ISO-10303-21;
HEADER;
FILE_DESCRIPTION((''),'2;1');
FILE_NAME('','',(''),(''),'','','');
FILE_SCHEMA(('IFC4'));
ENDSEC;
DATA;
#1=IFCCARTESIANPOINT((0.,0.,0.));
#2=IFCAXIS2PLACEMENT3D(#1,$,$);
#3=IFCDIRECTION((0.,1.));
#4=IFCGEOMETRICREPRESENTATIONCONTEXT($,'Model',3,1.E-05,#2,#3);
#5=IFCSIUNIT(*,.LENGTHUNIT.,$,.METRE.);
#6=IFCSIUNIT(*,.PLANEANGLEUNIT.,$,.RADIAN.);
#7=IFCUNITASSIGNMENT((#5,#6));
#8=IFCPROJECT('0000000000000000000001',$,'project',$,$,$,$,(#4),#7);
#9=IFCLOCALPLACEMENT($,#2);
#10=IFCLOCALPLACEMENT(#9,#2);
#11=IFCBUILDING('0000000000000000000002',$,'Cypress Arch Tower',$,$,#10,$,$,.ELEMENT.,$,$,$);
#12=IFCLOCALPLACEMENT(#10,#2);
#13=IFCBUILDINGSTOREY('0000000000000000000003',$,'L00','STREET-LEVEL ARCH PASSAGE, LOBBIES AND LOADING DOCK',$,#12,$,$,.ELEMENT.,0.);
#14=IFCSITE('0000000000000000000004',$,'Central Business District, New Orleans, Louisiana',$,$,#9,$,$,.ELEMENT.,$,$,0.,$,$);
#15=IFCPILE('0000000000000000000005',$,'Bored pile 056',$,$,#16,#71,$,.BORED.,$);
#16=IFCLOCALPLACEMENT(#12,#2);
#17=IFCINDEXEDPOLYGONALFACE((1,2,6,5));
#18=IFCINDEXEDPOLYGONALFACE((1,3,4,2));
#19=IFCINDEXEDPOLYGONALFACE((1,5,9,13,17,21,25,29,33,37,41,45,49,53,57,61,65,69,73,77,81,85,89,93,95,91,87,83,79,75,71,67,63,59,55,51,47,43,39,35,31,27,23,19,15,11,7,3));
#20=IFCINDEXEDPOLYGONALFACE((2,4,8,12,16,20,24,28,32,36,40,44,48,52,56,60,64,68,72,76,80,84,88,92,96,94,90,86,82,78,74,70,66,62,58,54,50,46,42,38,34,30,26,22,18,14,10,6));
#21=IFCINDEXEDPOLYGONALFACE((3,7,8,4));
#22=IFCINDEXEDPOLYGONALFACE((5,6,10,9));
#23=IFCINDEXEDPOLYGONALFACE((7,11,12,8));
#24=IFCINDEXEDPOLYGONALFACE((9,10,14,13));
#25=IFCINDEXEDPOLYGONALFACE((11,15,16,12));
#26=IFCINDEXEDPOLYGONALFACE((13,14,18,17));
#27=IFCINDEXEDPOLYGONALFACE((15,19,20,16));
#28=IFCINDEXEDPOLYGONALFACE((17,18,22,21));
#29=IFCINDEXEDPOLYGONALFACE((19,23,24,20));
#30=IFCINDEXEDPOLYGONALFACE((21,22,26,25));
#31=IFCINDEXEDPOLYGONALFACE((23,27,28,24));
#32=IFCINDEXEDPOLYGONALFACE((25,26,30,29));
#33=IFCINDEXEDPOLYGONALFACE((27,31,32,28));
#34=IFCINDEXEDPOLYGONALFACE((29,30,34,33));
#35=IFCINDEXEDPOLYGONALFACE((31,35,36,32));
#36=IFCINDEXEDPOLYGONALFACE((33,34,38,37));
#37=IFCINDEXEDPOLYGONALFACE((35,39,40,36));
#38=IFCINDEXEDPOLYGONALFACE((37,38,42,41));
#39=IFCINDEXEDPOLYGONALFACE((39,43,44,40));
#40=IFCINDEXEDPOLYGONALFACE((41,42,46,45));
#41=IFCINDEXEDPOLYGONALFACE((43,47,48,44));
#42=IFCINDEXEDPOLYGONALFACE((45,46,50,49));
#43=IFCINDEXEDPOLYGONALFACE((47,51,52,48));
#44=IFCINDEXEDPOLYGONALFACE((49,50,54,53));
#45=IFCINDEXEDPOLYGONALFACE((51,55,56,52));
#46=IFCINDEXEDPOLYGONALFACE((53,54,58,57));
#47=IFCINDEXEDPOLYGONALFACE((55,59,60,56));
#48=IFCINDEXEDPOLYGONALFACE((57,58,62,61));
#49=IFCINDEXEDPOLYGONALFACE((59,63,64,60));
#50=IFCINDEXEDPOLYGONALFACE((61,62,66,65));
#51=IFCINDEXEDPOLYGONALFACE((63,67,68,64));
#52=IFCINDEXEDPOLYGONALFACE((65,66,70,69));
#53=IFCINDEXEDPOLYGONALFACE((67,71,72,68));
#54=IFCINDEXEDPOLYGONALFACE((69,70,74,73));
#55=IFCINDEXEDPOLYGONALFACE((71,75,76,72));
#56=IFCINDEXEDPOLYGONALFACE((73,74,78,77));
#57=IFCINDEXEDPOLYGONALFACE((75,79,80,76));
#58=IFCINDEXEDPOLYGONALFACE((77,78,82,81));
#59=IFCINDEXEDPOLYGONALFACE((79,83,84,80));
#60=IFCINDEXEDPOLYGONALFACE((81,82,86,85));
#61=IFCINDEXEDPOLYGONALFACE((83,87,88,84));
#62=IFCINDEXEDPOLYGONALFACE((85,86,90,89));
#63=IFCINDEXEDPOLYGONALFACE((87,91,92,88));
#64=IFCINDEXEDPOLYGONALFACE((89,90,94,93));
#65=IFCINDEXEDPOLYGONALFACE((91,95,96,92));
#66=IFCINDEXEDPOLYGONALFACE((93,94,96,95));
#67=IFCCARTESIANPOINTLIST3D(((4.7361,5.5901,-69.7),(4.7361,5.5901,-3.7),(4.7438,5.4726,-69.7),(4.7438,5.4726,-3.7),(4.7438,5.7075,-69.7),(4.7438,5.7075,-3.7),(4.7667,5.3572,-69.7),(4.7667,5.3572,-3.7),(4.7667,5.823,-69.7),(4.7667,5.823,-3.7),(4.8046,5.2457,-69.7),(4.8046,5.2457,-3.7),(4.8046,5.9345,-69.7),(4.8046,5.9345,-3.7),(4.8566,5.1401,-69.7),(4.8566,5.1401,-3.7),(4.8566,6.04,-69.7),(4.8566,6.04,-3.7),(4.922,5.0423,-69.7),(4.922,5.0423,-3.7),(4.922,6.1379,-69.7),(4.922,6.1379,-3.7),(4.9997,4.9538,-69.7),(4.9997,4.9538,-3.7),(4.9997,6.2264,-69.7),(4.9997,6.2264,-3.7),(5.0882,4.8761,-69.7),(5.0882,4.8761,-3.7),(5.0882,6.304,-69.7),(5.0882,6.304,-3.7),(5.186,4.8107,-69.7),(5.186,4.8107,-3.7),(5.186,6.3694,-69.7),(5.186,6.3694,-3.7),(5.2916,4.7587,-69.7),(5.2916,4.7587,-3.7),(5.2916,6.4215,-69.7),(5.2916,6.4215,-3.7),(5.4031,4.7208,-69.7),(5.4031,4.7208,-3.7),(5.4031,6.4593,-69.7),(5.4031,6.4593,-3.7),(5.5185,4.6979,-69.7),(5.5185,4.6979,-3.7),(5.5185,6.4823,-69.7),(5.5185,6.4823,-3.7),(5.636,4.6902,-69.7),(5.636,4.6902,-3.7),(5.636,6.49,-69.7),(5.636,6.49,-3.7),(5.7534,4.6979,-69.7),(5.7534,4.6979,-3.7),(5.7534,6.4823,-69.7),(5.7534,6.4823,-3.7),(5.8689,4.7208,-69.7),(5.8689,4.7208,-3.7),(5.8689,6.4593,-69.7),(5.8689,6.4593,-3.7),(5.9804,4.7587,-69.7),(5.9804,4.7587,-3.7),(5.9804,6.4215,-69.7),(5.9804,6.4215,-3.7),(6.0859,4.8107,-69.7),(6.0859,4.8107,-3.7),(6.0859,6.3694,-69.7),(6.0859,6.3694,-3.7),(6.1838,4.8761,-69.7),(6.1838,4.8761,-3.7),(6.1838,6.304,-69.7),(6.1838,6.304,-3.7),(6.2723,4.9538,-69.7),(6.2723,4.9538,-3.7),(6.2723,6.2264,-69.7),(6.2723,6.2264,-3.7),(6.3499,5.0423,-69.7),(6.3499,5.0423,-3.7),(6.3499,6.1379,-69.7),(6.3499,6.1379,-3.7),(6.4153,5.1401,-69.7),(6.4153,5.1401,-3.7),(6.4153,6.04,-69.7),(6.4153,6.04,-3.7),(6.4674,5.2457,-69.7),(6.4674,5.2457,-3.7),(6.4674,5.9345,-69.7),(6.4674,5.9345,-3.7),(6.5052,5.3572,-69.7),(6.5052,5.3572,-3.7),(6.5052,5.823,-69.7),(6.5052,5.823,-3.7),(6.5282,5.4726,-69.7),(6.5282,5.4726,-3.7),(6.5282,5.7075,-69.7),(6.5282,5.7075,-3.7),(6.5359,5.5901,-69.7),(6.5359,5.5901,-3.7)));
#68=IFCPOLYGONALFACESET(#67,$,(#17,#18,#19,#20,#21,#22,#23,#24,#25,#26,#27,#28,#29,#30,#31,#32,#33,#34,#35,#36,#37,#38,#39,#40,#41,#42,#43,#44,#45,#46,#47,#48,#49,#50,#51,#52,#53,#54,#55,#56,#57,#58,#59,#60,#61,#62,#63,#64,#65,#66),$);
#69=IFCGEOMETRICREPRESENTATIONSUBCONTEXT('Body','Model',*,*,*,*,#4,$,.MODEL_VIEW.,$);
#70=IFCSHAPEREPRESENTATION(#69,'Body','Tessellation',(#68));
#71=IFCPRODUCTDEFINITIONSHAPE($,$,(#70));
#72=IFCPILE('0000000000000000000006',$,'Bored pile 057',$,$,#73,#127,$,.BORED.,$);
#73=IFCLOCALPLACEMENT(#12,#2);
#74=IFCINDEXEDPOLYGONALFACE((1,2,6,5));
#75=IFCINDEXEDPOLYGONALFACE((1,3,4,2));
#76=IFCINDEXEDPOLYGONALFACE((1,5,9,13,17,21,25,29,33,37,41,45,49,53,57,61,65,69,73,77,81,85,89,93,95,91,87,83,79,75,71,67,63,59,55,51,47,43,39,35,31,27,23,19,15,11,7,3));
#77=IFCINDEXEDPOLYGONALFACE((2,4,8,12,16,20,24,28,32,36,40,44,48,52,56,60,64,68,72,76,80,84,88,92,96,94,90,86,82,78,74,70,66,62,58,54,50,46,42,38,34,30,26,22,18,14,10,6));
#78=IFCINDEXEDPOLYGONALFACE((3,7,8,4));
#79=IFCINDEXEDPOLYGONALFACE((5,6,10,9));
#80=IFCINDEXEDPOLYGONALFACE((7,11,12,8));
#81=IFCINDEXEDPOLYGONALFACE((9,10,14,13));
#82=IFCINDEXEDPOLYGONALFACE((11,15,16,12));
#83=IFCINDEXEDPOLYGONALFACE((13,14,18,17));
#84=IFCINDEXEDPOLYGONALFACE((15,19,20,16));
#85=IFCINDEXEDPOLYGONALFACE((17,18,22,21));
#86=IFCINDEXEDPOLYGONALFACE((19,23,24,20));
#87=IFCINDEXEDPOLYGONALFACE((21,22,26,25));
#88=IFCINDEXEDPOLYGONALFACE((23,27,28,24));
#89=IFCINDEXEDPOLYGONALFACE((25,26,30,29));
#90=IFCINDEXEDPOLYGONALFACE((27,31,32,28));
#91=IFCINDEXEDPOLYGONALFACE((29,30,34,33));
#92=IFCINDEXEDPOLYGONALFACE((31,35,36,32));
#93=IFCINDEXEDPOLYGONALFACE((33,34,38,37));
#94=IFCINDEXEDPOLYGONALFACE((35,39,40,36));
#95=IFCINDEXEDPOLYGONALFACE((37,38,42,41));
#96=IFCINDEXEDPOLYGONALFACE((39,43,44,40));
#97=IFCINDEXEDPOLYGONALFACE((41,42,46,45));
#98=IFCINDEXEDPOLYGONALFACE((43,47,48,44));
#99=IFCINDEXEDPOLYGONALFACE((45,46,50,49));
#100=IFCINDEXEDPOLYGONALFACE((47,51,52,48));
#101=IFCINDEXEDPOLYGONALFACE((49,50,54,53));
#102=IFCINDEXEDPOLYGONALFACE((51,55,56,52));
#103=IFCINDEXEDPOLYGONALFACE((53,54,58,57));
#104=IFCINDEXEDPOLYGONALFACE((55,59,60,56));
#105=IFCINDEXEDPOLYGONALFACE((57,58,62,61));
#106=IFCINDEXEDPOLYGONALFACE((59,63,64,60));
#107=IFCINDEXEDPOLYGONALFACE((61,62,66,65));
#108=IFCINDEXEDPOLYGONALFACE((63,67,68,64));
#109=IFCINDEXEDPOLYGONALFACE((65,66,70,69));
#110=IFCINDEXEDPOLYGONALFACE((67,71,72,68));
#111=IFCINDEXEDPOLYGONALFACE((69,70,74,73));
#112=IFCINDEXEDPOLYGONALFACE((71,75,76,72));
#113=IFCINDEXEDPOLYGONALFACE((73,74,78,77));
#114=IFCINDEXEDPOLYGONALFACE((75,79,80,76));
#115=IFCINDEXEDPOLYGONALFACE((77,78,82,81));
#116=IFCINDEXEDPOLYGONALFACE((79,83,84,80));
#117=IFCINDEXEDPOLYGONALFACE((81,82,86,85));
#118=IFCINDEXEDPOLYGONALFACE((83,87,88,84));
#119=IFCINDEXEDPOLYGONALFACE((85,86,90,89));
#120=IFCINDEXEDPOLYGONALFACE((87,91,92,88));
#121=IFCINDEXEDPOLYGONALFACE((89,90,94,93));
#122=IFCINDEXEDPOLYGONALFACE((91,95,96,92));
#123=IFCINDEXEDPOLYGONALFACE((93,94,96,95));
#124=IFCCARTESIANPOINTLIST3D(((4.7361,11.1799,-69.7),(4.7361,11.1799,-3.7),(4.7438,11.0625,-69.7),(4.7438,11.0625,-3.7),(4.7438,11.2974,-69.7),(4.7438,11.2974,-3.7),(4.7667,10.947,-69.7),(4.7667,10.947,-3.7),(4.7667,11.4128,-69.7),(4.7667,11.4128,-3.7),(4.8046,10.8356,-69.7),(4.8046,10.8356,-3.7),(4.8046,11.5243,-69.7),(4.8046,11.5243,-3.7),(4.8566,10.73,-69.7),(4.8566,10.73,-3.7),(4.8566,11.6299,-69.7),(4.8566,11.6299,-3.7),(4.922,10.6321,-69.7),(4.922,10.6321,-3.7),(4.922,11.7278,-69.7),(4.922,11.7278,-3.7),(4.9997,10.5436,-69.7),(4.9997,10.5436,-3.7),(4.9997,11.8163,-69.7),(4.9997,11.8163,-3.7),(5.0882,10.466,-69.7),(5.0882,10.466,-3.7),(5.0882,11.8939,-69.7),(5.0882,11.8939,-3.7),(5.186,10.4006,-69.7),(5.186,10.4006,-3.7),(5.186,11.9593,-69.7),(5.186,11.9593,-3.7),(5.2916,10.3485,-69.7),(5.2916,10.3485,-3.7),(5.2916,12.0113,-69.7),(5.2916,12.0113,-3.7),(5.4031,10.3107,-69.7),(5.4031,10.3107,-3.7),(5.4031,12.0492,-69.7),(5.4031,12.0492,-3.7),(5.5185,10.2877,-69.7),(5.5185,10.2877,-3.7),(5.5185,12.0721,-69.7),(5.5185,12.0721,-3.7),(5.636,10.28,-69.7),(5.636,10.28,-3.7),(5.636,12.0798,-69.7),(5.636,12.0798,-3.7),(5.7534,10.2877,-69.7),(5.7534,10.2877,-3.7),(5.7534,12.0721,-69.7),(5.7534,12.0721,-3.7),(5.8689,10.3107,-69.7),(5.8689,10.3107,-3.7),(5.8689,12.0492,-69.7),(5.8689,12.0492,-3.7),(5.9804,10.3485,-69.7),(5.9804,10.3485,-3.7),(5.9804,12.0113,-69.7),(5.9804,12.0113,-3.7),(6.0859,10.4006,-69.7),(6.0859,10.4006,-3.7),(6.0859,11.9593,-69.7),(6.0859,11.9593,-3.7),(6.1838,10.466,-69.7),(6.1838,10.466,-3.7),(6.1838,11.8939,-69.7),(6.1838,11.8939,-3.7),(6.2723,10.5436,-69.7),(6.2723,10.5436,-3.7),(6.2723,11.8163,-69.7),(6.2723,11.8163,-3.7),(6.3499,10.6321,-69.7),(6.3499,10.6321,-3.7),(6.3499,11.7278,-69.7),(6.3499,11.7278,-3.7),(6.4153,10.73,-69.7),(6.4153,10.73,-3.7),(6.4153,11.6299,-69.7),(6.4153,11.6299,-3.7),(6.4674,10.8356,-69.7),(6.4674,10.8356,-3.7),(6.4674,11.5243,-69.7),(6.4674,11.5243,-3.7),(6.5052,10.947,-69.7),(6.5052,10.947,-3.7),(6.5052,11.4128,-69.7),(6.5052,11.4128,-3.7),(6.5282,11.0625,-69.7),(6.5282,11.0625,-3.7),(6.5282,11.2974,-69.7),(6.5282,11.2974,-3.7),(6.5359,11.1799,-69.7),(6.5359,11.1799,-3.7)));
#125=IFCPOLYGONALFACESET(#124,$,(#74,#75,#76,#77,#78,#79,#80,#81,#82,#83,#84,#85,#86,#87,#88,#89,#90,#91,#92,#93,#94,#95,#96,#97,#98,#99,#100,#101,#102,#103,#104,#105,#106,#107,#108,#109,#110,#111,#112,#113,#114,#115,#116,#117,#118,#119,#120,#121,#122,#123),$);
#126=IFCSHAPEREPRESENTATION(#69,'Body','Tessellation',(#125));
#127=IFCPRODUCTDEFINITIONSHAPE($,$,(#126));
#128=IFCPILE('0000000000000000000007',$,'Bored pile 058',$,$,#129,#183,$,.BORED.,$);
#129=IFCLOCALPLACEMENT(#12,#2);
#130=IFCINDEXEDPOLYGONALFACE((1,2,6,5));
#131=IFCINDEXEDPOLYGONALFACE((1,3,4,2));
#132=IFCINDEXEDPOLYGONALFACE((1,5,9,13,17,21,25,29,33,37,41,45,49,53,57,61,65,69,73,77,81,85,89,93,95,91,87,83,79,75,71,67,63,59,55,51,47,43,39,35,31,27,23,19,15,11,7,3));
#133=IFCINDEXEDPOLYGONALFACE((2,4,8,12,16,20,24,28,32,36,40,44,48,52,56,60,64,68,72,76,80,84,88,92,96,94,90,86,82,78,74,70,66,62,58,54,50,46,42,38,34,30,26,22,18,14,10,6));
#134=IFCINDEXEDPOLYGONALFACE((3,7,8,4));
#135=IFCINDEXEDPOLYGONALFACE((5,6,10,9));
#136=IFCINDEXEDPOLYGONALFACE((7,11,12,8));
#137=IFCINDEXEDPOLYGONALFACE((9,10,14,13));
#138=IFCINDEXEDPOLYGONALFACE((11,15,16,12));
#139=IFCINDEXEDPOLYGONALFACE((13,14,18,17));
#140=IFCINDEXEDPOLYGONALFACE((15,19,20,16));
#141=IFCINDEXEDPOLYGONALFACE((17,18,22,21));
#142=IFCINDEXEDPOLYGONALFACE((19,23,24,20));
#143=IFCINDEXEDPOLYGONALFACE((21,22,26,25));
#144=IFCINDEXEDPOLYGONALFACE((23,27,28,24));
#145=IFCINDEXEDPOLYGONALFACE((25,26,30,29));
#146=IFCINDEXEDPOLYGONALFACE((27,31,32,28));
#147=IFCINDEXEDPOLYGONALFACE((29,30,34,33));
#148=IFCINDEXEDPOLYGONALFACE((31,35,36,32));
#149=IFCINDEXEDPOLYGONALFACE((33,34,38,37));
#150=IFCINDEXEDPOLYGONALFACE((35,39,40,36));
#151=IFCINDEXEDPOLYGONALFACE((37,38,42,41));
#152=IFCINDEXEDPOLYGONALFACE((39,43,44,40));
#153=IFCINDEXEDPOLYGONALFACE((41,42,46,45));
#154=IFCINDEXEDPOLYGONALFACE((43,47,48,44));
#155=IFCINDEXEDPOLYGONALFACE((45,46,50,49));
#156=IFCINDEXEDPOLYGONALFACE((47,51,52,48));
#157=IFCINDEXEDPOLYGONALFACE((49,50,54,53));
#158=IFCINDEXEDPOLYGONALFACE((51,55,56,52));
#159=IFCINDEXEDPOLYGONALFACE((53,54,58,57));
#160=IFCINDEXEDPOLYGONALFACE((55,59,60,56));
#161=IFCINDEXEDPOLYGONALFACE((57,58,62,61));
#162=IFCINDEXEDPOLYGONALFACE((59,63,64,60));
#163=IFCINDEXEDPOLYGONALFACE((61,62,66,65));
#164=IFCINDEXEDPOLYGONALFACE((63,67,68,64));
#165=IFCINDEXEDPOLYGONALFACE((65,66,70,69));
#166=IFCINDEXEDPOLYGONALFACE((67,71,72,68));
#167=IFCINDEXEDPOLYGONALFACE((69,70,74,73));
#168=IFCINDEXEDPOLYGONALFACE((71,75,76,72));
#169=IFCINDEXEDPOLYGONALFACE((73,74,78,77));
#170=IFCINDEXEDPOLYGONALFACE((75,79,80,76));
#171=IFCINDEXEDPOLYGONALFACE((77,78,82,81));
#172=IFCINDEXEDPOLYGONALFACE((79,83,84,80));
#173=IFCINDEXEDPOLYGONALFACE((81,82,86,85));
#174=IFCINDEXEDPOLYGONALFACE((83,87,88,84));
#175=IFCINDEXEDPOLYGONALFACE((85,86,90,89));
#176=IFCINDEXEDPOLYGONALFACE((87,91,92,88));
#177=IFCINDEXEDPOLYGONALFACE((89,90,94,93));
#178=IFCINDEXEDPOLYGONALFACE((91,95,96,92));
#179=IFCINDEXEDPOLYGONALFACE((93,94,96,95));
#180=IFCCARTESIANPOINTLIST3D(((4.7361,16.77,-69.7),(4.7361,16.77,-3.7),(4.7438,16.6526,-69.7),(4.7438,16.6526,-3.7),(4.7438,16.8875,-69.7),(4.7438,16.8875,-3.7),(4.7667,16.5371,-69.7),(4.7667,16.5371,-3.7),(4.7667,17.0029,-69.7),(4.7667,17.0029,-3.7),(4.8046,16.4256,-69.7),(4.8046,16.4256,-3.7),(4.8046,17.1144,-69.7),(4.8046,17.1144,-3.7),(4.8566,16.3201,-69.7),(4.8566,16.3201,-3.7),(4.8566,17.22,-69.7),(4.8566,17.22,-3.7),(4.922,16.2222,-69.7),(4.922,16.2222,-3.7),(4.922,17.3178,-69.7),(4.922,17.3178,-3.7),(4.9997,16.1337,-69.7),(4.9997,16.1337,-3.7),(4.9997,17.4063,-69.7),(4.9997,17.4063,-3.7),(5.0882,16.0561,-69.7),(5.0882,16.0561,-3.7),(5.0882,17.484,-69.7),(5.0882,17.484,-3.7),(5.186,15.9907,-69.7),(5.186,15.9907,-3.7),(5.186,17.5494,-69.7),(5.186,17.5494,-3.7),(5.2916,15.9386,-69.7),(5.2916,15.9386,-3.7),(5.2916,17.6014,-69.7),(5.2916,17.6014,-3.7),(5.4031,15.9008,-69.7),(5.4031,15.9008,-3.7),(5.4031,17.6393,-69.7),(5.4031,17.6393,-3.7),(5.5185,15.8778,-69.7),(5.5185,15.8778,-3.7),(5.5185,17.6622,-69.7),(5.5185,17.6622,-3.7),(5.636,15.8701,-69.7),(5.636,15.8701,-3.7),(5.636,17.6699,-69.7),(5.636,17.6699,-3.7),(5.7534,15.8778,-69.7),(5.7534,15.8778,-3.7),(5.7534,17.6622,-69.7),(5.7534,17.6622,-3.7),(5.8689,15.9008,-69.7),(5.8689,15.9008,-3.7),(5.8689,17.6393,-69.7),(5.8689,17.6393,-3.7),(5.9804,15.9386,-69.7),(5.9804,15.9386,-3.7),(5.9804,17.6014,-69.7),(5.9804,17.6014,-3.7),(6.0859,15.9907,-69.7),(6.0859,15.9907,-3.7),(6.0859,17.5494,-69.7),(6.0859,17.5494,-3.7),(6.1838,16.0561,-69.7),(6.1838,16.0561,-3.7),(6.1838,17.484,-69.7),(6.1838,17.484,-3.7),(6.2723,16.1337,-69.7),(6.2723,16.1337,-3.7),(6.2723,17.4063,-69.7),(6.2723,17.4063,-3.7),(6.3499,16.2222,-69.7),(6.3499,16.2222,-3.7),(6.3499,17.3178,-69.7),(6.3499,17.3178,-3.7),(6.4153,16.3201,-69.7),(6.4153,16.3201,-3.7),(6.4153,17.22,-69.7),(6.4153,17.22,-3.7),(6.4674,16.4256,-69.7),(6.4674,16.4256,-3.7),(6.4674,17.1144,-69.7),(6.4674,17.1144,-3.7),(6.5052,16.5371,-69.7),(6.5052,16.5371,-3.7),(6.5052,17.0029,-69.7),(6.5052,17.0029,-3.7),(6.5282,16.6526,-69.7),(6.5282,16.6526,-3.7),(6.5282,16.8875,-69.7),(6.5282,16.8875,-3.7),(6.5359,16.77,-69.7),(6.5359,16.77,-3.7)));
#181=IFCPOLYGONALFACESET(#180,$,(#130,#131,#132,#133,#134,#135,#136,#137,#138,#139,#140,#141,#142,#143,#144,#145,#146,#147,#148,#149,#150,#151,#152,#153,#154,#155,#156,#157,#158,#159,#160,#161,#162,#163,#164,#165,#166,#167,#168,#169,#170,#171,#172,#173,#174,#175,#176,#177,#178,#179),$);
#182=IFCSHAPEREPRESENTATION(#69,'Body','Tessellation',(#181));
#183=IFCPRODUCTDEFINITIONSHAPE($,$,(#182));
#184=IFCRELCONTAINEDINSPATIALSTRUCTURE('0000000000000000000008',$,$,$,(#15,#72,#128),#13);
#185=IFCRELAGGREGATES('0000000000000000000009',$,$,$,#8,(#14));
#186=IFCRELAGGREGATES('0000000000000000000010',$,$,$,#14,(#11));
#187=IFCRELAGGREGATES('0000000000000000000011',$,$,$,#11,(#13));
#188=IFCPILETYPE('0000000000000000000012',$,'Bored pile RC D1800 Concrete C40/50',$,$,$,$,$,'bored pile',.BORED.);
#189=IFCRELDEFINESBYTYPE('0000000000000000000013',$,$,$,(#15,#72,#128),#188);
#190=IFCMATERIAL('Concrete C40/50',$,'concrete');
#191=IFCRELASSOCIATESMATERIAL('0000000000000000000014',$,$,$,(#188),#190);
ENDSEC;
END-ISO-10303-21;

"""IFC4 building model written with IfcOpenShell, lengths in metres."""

from ifc_helpers import new_model, si_unit, direction, frame, origin, origin_2d, place, context, subcontext, project, spatial, circle, extrude, material, material_profile, profile_set, type_object, element, save


model = new_model("IFC4")

# Units and contexts
model_context = context("Model", 3, precision=1e-05, world=origin(), true_north=direction((0.0, 1.0)))
body_context = subcontext(model_context, "Body", "Model", "MODEL_VIEW")
ifc_project = project(units=[si_unit("LENGTHUNIT", "METRE"), si_unit("PLANEANGLEUNIT", "RADIAN")], contexts=[model_context])

# Site, building, storey
site_placement = place(None, origin())
site = spatial("IfcSite", under=ifc_project, at=site_placement, Name="Central Business District, New Orleans, Louisiana", CompositionType="ELEMENT", RefElevation=0.0)
building_placement = place(site_placement, origin())
building = spatial("IfcBuilding", under=site, at=building_placement, Name="Cypress Arch Tower", CompositionType="ELEMENT")
storey_placement = place(building_placement, origin())
storey = spatial("IfcBuildingStorey", under=building, at=storey_placement, Name="L00", Description="STREET-LEVEL ARCH PASSAGE, LOBBIES AND LOADING DOCK", CompositionType="ELEMENT", Elevation=0.0)

# Piles
ifc_material_1 = material(Name="Concrete C40/50", Category="concrete")
ifc_material_profile_1 = material_profile(ifc_material_1, circle(Radius=0.8999, at=origin_2d()), Name="RC D1800")
ifc_profile_set_1 = profile_set([ifc_material_profile_1], Name="Concrete C40/50")
pile_type = type_object("IfcPileType", Name="Bored pile RC D1800 Concrete C40/50", ElementType="bored pile", PredefinedType="BORED", material=ifc_profile_set_1)
for number, where, z_axis, x_axis, name in (
    (1, (5.636, 5.5901, -3.7), (0.0, 0.0, -1.0), (1.0, 0.0, 0.0), "Bored pile 056"),
    (2, (5.636, 11.1799, -3.7), (0.0, 0.0, -1.0), (1.0, 0.0, 0.0), "Bored pile 057"),
    (3, (5.636, 16.77, -3.7), (0.0, 0.0, -1.0), (1.0, 0.0, 0.0), "Bored pile 058"),
):
    element("IfcPile", number, at=place(storey_placement, frame(where, z_axis=z_axis, x_axis=x_axis)), inside=storey, type_object=pile_type, Name=name, PredefinedType="BORED", context=body_context, shape_type="SweptSolid", body=[
        extrude(circle(Radius=0.8999, at=origin_2d()), origin(), (0.0, 0.0, 1.0), 66.0),
    ])

save(model, "model.ifc")
